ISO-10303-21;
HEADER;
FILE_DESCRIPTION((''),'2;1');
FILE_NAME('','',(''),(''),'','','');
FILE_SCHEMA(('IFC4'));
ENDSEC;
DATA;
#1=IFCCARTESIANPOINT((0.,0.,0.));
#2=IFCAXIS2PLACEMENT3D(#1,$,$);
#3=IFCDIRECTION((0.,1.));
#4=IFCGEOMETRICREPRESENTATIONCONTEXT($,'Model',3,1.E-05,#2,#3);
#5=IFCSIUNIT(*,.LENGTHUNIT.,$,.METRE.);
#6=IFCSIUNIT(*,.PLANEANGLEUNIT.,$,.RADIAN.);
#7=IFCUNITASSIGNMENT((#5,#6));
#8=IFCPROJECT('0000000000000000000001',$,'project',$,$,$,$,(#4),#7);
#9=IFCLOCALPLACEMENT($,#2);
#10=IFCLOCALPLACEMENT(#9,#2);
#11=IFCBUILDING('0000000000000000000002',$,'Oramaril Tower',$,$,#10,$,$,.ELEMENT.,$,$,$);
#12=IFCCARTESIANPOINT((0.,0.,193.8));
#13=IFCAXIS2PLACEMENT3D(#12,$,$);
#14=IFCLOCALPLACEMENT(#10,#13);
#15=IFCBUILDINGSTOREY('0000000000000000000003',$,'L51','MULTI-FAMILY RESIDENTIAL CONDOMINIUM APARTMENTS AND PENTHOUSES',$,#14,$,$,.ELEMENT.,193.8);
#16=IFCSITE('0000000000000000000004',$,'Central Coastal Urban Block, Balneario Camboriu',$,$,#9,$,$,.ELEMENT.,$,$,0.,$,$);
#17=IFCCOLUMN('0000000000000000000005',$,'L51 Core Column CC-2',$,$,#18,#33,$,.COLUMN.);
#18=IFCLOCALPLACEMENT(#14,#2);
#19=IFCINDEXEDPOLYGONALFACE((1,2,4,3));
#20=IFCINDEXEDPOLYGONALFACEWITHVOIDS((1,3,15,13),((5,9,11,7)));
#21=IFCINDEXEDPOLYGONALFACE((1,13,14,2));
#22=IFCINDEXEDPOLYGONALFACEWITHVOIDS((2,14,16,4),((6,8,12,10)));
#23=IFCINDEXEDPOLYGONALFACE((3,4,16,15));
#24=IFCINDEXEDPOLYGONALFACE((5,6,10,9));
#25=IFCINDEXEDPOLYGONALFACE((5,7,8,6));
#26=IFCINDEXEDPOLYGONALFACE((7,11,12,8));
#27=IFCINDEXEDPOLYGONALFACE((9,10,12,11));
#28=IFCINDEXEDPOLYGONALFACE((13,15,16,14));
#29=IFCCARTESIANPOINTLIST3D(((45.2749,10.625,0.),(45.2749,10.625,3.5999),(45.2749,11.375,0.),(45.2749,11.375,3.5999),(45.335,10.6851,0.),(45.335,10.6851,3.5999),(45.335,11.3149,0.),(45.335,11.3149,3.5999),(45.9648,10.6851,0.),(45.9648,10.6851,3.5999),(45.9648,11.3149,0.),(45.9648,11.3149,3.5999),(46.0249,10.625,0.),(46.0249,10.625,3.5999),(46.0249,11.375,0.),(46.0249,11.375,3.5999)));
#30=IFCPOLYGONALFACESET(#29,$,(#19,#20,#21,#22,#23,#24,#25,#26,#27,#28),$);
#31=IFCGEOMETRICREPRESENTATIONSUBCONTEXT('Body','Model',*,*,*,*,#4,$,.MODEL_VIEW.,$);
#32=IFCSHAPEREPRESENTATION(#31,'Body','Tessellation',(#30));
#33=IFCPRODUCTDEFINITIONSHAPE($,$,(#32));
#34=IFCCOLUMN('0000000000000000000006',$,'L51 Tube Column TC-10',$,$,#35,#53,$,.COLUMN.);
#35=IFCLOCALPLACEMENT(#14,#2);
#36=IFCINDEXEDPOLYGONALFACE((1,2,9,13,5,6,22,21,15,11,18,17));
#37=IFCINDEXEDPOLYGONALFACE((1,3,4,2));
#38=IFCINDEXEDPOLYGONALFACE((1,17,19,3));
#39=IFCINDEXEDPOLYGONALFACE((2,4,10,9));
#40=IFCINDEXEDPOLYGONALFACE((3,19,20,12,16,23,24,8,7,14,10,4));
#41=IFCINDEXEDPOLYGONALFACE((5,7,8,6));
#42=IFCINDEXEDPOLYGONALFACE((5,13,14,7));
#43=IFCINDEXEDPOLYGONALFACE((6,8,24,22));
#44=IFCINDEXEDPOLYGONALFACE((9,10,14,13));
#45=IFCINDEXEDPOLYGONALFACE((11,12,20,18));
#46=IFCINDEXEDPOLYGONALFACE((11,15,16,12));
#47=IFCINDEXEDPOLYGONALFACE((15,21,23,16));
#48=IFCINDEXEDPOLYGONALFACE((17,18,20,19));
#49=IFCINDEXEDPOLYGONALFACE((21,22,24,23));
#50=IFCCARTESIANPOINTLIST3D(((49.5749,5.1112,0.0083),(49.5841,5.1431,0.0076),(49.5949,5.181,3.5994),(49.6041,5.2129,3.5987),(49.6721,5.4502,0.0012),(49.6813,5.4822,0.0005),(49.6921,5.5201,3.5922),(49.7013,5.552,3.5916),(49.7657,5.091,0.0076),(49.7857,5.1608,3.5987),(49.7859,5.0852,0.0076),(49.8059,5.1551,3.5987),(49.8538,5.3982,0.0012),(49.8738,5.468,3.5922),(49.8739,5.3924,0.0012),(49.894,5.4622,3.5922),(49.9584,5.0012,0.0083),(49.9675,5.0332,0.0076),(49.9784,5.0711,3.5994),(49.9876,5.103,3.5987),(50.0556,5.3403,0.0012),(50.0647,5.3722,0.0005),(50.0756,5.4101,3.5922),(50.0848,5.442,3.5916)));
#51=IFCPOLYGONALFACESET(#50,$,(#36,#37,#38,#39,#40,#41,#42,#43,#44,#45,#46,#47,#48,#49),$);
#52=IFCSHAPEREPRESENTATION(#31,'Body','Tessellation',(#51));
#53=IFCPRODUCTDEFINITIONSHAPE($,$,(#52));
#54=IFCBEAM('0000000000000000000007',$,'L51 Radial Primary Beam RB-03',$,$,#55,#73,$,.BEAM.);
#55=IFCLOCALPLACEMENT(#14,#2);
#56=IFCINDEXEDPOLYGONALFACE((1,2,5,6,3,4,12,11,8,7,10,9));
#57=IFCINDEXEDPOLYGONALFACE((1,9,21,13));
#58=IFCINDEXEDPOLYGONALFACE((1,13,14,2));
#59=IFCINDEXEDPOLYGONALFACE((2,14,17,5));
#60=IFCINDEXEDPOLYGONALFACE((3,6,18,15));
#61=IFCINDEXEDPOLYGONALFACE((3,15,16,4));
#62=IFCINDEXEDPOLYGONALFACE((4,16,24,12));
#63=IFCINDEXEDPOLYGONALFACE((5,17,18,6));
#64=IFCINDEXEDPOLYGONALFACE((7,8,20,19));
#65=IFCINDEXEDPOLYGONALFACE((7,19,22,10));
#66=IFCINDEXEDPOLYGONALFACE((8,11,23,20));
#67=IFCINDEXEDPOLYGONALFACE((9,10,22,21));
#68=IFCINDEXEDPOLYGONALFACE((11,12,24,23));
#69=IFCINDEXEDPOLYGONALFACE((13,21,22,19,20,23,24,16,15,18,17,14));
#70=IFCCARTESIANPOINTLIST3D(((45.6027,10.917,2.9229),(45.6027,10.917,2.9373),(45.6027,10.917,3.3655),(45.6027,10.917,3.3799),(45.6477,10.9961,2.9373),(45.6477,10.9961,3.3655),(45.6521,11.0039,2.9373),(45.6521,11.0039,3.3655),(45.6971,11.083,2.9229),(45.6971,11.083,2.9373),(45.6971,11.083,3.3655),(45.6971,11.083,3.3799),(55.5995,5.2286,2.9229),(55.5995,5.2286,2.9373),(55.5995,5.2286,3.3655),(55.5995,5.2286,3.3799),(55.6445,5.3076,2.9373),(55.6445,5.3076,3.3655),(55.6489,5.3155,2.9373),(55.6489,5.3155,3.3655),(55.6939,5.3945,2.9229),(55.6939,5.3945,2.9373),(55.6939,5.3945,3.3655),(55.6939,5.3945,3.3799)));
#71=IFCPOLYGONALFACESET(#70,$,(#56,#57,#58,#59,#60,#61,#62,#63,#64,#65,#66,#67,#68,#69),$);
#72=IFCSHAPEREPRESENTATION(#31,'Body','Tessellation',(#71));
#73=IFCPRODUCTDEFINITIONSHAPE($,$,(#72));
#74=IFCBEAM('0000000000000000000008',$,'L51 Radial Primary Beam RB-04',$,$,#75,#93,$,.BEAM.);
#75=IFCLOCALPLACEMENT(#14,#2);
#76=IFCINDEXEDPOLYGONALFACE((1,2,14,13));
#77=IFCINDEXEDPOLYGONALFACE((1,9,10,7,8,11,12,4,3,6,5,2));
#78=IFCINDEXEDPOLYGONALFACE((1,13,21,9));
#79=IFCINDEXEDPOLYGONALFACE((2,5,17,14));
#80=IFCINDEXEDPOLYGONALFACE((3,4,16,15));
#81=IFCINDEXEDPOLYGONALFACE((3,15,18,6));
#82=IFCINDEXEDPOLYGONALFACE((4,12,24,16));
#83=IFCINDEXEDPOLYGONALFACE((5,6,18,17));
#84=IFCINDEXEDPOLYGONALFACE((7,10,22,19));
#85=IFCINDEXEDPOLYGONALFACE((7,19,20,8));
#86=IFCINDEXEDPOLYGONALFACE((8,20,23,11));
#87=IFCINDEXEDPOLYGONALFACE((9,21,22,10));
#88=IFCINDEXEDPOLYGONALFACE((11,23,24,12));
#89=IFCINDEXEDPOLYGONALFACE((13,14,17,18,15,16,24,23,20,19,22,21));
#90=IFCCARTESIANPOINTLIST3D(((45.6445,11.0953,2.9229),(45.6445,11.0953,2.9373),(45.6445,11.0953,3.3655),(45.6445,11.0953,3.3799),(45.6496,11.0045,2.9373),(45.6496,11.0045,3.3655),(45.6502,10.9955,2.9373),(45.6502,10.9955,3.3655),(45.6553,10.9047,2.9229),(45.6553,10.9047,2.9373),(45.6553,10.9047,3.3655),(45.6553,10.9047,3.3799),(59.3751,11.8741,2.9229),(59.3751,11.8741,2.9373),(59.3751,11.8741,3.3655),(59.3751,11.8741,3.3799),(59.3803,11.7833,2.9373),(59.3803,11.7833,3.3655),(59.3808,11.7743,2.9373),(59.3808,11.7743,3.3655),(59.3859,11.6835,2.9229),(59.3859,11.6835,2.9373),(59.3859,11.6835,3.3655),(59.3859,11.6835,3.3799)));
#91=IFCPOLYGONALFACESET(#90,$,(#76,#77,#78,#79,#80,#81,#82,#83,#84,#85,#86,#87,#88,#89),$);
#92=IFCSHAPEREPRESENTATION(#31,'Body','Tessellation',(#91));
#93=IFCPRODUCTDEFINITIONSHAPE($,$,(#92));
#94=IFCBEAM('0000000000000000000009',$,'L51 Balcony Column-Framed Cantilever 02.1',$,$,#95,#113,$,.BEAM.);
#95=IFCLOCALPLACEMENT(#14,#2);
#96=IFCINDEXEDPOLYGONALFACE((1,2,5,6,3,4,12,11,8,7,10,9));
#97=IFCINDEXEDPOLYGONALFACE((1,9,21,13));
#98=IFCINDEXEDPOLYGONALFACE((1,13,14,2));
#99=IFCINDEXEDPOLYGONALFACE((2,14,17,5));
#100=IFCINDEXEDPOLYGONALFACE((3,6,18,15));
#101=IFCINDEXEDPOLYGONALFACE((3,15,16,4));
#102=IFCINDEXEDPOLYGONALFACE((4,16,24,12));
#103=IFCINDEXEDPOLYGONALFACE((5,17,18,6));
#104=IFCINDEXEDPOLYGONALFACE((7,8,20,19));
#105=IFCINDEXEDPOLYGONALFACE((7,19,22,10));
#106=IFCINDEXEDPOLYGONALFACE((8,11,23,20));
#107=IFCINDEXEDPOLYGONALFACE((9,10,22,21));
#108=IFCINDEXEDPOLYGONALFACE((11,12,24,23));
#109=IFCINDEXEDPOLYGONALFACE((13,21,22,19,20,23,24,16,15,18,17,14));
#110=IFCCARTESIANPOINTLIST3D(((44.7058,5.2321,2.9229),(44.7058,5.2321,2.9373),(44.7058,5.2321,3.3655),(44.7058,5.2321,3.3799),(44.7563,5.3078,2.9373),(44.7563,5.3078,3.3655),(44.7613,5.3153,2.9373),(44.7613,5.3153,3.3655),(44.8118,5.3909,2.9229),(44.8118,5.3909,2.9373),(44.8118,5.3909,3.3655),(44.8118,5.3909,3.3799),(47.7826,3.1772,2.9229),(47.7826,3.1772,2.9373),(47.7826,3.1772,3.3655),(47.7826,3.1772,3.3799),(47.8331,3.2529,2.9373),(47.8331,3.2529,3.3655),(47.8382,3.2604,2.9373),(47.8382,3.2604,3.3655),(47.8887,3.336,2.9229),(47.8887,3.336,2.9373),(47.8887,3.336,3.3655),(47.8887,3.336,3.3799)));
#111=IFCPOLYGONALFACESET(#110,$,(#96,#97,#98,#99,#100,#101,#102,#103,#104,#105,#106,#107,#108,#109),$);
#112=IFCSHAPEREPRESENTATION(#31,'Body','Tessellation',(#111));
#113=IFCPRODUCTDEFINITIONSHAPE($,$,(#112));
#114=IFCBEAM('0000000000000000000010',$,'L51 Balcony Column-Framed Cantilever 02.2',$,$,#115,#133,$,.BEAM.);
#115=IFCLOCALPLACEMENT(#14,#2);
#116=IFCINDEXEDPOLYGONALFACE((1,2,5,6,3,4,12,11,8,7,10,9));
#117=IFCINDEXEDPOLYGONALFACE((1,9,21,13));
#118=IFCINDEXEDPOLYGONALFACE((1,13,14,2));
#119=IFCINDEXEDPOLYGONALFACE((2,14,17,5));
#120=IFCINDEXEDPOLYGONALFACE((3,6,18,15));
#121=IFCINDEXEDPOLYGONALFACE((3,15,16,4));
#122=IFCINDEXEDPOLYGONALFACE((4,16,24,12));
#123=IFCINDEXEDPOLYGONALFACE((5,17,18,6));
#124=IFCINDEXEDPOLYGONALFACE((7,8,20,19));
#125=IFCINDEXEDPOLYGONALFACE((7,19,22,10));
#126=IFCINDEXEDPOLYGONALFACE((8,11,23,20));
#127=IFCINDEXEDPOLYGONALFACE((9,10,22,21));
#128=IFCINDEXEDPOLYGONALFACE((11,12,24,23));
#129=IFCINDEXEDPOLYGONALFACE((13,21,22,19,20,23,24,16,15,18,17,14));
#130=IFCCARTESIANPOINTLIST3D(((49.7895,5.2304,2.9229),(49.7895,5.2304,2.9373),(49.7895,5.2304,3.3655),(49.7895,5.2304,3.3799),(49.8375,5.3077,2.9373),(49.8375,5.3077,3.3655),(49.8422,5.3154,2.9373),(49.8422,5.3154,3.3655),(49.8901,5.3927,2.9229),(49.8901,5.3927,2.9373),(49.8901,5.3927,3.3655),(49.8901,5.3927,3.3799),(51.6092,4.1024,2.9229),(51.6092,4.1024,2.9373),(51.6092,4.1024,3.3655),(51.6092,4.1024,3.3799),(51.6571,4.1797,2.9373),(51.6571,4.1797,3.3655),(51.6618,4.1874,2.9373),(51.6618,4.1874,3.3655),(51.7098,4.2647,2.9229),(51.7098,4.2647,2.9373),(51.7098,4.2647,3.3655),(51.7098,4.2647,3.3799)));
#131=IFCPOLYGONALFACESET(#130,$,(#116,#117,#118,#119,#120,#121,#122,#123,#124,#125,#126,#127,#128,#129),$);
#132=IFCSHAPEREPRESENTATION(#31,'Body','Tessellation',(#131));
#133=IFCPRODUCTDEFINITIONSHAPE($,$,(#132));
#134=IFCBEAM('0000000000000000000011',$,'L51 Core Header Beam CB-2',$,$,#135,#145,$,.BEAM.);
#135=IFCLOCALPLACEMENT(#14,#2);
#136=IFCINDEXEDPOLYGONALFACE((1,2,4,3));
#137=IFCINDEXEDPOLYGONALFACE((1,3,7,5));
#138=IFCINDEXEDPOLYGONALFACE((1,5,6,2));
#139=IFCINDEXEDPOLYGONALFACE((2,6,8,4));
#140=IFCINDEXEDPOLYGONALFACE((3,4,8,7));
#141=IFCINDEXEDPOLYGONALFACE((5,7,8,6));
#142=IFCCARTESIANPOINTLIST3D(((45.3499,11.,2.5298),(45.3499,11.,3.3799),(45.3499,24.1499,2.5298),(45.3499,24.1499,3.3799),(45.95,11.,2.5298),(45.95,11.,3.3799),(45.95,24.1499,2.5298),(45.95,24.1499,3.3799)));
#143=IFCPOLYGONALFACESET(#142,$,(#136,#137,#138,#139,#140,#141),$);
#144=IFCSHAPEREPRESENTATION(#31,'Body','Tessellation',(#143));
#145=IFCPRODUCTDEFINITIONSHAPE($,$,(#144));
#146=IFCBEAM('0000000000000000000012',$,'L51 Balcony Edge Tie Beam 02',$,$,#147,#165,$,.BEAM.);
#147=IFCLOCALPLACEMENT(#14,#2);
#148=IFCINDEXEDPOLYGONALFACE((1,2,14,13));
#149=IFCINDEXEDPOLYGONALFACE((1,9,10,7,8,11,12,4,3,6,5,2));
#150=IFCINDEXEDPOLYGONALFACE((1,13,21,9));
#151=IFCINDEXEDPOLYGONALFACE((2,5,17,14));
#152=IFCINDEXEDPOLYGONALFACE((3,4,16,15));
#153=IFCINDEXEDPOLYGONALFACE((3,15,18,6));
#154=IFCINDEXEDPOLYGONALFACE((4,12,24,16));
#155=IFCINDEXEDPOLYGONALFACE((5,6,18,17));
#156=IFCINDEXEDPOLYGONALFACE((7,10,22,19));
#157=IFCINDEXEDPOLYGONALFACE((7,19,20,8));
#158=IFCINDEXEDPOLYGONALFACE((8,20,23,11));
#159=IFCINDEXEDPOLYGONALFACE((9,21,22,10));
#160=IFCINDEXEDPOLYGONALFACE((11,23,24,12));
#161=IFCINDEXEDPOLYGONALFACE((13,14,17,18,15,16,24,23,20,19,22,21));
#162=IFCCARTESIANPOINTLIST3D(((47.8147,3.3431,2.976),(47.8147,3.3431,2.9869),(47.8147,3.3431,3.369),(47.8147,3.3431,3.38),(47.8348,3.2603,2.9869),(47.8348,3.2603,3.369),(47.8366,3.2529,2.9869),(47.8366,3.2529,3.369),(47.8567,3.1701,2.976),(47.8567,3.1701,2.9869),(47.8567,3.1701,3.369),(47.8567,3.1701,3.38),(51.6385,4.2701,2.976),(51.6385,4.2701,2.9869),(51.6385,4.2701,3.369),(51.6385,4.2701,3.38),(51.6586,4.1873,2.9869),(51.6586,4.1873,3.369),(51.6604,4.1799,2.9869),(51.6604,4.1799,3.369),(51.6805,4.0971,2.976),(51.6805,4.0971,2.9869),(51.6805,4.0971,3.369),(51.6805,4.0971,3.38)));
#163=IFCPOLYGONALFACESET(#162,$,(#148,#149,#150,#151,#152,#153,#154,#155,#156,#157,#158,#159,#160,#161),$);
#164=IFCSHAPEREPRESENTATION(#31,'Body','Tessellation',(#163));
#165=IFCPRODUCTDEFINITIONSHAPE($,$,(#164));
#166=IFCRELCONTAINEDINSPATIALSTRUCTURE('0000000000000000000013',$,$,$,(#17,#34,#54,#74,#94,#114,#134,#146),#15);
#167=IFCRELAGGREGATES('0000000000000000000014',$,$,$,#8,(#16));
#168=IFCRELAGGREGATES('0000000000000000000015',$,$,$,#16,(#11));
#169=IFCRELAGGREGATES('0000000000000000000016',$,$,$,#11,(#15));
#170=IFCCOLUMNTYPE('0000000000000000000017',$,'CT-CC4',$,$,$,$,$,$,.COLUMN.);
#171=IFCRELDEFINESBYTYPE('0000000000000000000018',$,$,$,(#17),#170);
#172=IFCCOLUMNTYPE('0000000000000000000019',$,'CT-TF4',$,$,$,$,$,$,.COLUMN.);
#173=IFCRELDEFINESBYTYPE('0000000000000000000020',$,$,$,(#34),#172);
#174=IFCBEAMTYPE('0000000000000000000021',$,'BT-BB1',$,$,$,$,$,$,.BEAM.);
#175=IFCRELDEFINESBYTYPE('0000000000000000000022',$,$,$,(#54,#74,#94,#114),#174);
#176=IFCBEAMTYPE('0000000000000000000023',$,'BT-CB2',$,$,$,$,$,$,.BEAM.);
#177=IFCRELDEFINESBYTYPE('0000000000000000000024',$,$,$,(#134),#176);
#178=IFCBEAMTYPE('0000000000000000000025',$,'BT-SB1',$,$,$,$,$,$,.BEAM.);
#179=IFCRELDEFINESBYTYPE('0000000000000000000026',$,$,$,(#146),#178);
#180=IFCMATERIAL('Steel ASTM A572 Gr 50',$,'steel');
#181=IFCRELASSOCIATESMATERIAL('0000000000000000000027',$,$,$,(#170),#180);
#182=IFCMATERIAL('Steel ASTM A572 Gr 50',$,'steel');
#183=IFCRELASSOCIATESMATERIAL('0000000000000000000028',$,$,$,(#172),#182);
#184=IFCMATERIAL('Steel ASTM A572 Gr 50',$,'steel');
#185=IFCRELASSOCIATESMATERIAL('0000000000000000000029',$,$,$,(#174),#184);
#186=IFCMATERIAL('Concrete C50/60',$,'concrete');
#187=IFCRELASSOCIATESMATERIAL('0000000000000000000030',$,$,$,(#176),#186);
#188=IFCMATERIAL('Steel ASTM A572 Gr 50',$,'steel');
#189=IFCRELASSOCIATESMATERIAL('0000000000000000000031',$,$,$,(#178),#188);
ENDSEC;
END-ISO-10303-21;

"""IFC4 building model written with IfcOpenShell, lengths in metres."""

from ifc_helpers import new_model, si_unit, direction, frame, origin, origin_2d, place, context, subcontext, project, spatial, rectangle, hollow_rectangle, i_section, extrude, material, material_profile, profile_set, type_object, element, save


model = new_model("IFC4")

# Units and contexts
model_context = context("Model", 3, precision=1e-05, world=origin(), true_north=direction((0.0, 1.0)))
body_context = subcontext(model_context, "Body", "Model", "MODEL_VIEW")
ifc_project = project(units=[si_unit("LENGTHUNIT", "METRE"), si_unit("PLANEANGLEUNIT", "RADIAN")], contexts=[model_context])

# Site, building, storey
site_placement = place(None, origin())
site = spatial("IfcSite", under=ifc_project, at=site_placement, Name="Central Coastal Urban Block, Balneario Camboriu", CompositionType="ELEMENT", RefElevation=0.0)
building_placement = place(site_placement, origin())
building = spatial("IfcBuilding", under=site, at=building_placement, Name="Oramaril Tower", CompositionType="ELEMENT")
storey_placement = place(building_placement, frame((0.0, 0.0, 193.8)))
storey = spatial("IfcBuildingStorey", under=building, at=storey_placement, Name="L51", Description="MULTI-FAMILY RESIDENTIAL CONDOMINIUM APARTMENTS AND PENTHOUSES", CompositionType="ELEMENT", Elevation=193.8)

# Columns
ifc_material_1 = material(Name="Steel ASTM A572 Gr 50", Category="steel")
ifc_material_profile_1 = material_profile(ifc_material_1, hollow_rectangle(XDim=0.75, YDim=0.75, WallThickness=0.0601, at=origin_2d()), Name="BOX750X750X60")
ifc_profile_set_1 = profile_set([ifc_material_profile_1], Name="Steel ASTM A572 Gr 50")
column_type_1 = type_object("IfcColumnType", Name="CT-CC4", PredefinedType="COLUMN", material=ifc_profile_set_1)
column_1_placement = place(storey_placement, frame((45.6499, 11.0, 0.0), z_axis=(0.0, 0.0, 1.0), x_axis=(1.0, 0.0, 0.0)))
element("IfcColumn", 1, at=column_1_placement, inside=storey, type_object=column_type_1, Name="L51 Core Column CC-2", PredefinedType="COLUMN", context=body_context, shape_type="SweptSolid", body=[
    extrude(hollow_rectangle(XDim=0.75, YDim=0.75, WallThickness=0.0601, at=origin_2d()), origin(), (0.0, 0.0, 1.0), 3.5999),
])
ifc_material_2 = material(Name="Steel ASTM A572 Gr 50", Category="steel")
ifc_material_profile_2 = material_profile(ifc_material_2, i_section(OverallWidth=0.3989, OverallDepth=0.386, WebThickness=0.021, FlangeThickness=0.0332, at=origin_2d()), Name="W14X176")
ifc_profile_set_2 = profile_set([ifc_material_profile_2], Name="Steel ASTM A572 Gr 50")
column_type_2 = type_object("IfcColumnType", Name="CT-TF4", PredefinedType="COLUMN", material=ifc_profile_set_2)
column_2_placement = place(storey_placement, frame((49.8198, 5.2417, 0.0044), z_axis=(0.005574, 0.01944, 0.999795), x_axis=(-0.96127, 0.275609, 0.0)))
element("IfcColumn", 2, at=column_2_placement, inside=storey, type_object=column_type_2, Name="L51 Tube Column TC-10", PredefinedType="COLUMN", context=body_context, shape_type="SweptSolid", body=[
    extrude(i_section(OverallWidth=0.3989, OverallDepth=0.386, WebThickness=0.021, FlangeThickness=0.0332, at=origin_2d()), origin(), (0.0, 0.0, 1.0), 3.5918),
])

# Beams
ifc_material_3 = material(Name="Steel ASTM A572 Gr 50", Category="steel")
ifc_material_profile_3 = material_profile(ifc_material_3, i_section(OverallWidth=0.1909, OverallDepth=0.457, WebThickness=0.009, FlangeThickness=0.0144, at=origin_2d()), Name="W18X50")
ifc_profile_set_3 = profile_set([ifc_material_profile_3], Name="Steel ASTM A572 Gr 50")
beam_type_1 = type_object("IfcBeamType", Name="BT-BB1", PredefinedType="BEAM", material=ifc_profile_set_3)
beam_1_placement = place(storey_placement, frame((45.6499, 11.0, 3.1514), z_axis=(0.86914, -0.494565, 0.0), x_axis=(0.494565, 0.86914, 0.0)))
element("IfcBeam", 3, at=beam_1_placement, inside=storey, type_object=beam_type_1, Name="L51 Radial Primary Beam RB-03", PredefinedType="BEAM", context=body_context, shape_type="SweptSolid", body=[
    extrude(i_section(OverallWidth=0.1909, OverallDepth=0.457, WebThickness=0.009, FlangeThickness=0.0144, at=origin_2d()), origin(), (0.0, 0.0, 1.0), 11.502),
])
beam_2_placement = place(storey_placement, frame((45.6499, 11.0, 3.1514), z_axis=(0.998395, 0.056629, 0.0), x_axis=(-0.056629, 0.998395, 0.0)))
element("IfcBeam", 4, at=beam_2_placement, inside=storey, type_object=beam_type_1, Name="L51 Radial Primary Beam RB-04", PredefinedType="BEAM", context=body_context, shape_type="SweptSolid", body=[
    extrude(i_section(OverallWidth=0.1909, OverallDepth=0.457, WebThickness=0.009, FlangeThickness=0.0144, at=origin_2d()), origin(), (0.0, 0.0, 1.0), 13.7527),
])
beam_3_placement = place(storey_placement, frame((44.7588, 5.3115, 3.1514), z_axis=(0.831593, -0.555385, 0.0), x_axis=(0.555385, 0.831593, 0.0)))
element("IfcBeam", 5, at=beam_3_placement, inside=storey, type_object=beam_type_1, Name="L51 Balcony Column-Framed Cantilever 02.1", PredefinedType="BEAM", context=body_context, shape_type="SweptSolid", body=[
    extrude(i_section(OverallWidth=0.1909, OverallDepth=0.457, WebThickness=0.009, FlangeThickness=0.0144, at=origin_2d()), origin(), (0.0, 0.0, 1.0), 3.7),
])
beam_4_placement = place(storey_placement, frame((49.8398, 5.3115, 3.1514), z_axis=(0.849947, -0.526869, 0.0), x_axis=(0.526869, 0.849947, 0.0)))
element("IfcBeam", 6, at=beam_4_placement, inside=storey, type_object=beam_type_1, Name="L51 Balcony Column-Framed Cantilever 02.2", PredefinedType="BEAM", context=body_context, shape_type="SweptSolid", body=[
    extrude(i_section(OverallWidth=0.1909, OverallDepth=0.457, WebThickness=0.009, FlangeThickness=0.0144, at=origin_2d()), origin(), (0.0, 0.0, 1.0), 2.1409),
])
ifc_material_4 = material(Name="Concrete C50/60", Category="concrete")
ifc_material_profile_4 = material_profile(ifc_material_4, rectangle(XDim=0.6001, YDim=0.8501, at=origin_2d()), Name="CB600X850")
ifc_profile_set_4 = profile_set([ifc_material_profile_4], Name="Concrete C50/60")
beam_type_2 = type_object("IfcBeamType", Name="BT-CB2", PredefinedType="BEAM", material=ifc_profile_set_4)
beam_5_placement = place(storey_placement, frame((45.6499, 11.0, 2.9548), z_axis=(0.0, 1.0, 0.0), x_axis=(-1.0, 0.0, 0.0)))
element("IfcBeam", 7, at=beam_5_placement, inside=storey, type_object=beam_type_2, Name="L51 Core Header Beam CB-2", PredefinedType="BEAM", context=body_context, shape_type="SweptSolid", body=[
    extrude(rectangle(XDim=0.6001, YDim=0.8501, at=origin_2d()), origin(), (0.0, 0.0, 1.0), 13.1499),
])
ifc_material_5 = material(Name="Steel ASTM A572 Gr 50", Category="steel")
ifc_material_profile_5 = material_profile(ifc_material_5, i_section(OverallWidth=0.178, OverallDepth=0.4041, WebThickness=0.0076, FlangeThickness=0.011, at=origin_2d()), Name="W16X36")
ifc_profile_set_5 = profile_set([ifc_material_profile_5], Name="Steel ASTM A572 Gr 50")
beam_type_3 = type_object("IfcBeamType", Name="BT-SB1", PredefinedType="BEAM", material=ifc_profile_set_5)
beam_6_placement = place(storey_placement, frame((47.8357, 3.2566, 3.178), z_axis=(0.971848, 0.235609, 0.0), x_axis=(-0.235609, 0.971848, 0.0)))
element("IfcBeam", 8, at=beam_6_placement, inside=storey, type_object=beam_type_3, Name="L51 Balcony Edge Tie Beam 02", PredefinedType="BEAM", context=body_context, shape_type="SweptSolid", body=[
    extrude(i_section(OverallWidth=0.178, OverallDepth=0.4041, WebThickness=0.0076, FlangeThickness=0.011, at=origin_2d()), origin(), (0.0, 0.0, 1.0), 3.9346),
])

save(model, "model.ifc")
